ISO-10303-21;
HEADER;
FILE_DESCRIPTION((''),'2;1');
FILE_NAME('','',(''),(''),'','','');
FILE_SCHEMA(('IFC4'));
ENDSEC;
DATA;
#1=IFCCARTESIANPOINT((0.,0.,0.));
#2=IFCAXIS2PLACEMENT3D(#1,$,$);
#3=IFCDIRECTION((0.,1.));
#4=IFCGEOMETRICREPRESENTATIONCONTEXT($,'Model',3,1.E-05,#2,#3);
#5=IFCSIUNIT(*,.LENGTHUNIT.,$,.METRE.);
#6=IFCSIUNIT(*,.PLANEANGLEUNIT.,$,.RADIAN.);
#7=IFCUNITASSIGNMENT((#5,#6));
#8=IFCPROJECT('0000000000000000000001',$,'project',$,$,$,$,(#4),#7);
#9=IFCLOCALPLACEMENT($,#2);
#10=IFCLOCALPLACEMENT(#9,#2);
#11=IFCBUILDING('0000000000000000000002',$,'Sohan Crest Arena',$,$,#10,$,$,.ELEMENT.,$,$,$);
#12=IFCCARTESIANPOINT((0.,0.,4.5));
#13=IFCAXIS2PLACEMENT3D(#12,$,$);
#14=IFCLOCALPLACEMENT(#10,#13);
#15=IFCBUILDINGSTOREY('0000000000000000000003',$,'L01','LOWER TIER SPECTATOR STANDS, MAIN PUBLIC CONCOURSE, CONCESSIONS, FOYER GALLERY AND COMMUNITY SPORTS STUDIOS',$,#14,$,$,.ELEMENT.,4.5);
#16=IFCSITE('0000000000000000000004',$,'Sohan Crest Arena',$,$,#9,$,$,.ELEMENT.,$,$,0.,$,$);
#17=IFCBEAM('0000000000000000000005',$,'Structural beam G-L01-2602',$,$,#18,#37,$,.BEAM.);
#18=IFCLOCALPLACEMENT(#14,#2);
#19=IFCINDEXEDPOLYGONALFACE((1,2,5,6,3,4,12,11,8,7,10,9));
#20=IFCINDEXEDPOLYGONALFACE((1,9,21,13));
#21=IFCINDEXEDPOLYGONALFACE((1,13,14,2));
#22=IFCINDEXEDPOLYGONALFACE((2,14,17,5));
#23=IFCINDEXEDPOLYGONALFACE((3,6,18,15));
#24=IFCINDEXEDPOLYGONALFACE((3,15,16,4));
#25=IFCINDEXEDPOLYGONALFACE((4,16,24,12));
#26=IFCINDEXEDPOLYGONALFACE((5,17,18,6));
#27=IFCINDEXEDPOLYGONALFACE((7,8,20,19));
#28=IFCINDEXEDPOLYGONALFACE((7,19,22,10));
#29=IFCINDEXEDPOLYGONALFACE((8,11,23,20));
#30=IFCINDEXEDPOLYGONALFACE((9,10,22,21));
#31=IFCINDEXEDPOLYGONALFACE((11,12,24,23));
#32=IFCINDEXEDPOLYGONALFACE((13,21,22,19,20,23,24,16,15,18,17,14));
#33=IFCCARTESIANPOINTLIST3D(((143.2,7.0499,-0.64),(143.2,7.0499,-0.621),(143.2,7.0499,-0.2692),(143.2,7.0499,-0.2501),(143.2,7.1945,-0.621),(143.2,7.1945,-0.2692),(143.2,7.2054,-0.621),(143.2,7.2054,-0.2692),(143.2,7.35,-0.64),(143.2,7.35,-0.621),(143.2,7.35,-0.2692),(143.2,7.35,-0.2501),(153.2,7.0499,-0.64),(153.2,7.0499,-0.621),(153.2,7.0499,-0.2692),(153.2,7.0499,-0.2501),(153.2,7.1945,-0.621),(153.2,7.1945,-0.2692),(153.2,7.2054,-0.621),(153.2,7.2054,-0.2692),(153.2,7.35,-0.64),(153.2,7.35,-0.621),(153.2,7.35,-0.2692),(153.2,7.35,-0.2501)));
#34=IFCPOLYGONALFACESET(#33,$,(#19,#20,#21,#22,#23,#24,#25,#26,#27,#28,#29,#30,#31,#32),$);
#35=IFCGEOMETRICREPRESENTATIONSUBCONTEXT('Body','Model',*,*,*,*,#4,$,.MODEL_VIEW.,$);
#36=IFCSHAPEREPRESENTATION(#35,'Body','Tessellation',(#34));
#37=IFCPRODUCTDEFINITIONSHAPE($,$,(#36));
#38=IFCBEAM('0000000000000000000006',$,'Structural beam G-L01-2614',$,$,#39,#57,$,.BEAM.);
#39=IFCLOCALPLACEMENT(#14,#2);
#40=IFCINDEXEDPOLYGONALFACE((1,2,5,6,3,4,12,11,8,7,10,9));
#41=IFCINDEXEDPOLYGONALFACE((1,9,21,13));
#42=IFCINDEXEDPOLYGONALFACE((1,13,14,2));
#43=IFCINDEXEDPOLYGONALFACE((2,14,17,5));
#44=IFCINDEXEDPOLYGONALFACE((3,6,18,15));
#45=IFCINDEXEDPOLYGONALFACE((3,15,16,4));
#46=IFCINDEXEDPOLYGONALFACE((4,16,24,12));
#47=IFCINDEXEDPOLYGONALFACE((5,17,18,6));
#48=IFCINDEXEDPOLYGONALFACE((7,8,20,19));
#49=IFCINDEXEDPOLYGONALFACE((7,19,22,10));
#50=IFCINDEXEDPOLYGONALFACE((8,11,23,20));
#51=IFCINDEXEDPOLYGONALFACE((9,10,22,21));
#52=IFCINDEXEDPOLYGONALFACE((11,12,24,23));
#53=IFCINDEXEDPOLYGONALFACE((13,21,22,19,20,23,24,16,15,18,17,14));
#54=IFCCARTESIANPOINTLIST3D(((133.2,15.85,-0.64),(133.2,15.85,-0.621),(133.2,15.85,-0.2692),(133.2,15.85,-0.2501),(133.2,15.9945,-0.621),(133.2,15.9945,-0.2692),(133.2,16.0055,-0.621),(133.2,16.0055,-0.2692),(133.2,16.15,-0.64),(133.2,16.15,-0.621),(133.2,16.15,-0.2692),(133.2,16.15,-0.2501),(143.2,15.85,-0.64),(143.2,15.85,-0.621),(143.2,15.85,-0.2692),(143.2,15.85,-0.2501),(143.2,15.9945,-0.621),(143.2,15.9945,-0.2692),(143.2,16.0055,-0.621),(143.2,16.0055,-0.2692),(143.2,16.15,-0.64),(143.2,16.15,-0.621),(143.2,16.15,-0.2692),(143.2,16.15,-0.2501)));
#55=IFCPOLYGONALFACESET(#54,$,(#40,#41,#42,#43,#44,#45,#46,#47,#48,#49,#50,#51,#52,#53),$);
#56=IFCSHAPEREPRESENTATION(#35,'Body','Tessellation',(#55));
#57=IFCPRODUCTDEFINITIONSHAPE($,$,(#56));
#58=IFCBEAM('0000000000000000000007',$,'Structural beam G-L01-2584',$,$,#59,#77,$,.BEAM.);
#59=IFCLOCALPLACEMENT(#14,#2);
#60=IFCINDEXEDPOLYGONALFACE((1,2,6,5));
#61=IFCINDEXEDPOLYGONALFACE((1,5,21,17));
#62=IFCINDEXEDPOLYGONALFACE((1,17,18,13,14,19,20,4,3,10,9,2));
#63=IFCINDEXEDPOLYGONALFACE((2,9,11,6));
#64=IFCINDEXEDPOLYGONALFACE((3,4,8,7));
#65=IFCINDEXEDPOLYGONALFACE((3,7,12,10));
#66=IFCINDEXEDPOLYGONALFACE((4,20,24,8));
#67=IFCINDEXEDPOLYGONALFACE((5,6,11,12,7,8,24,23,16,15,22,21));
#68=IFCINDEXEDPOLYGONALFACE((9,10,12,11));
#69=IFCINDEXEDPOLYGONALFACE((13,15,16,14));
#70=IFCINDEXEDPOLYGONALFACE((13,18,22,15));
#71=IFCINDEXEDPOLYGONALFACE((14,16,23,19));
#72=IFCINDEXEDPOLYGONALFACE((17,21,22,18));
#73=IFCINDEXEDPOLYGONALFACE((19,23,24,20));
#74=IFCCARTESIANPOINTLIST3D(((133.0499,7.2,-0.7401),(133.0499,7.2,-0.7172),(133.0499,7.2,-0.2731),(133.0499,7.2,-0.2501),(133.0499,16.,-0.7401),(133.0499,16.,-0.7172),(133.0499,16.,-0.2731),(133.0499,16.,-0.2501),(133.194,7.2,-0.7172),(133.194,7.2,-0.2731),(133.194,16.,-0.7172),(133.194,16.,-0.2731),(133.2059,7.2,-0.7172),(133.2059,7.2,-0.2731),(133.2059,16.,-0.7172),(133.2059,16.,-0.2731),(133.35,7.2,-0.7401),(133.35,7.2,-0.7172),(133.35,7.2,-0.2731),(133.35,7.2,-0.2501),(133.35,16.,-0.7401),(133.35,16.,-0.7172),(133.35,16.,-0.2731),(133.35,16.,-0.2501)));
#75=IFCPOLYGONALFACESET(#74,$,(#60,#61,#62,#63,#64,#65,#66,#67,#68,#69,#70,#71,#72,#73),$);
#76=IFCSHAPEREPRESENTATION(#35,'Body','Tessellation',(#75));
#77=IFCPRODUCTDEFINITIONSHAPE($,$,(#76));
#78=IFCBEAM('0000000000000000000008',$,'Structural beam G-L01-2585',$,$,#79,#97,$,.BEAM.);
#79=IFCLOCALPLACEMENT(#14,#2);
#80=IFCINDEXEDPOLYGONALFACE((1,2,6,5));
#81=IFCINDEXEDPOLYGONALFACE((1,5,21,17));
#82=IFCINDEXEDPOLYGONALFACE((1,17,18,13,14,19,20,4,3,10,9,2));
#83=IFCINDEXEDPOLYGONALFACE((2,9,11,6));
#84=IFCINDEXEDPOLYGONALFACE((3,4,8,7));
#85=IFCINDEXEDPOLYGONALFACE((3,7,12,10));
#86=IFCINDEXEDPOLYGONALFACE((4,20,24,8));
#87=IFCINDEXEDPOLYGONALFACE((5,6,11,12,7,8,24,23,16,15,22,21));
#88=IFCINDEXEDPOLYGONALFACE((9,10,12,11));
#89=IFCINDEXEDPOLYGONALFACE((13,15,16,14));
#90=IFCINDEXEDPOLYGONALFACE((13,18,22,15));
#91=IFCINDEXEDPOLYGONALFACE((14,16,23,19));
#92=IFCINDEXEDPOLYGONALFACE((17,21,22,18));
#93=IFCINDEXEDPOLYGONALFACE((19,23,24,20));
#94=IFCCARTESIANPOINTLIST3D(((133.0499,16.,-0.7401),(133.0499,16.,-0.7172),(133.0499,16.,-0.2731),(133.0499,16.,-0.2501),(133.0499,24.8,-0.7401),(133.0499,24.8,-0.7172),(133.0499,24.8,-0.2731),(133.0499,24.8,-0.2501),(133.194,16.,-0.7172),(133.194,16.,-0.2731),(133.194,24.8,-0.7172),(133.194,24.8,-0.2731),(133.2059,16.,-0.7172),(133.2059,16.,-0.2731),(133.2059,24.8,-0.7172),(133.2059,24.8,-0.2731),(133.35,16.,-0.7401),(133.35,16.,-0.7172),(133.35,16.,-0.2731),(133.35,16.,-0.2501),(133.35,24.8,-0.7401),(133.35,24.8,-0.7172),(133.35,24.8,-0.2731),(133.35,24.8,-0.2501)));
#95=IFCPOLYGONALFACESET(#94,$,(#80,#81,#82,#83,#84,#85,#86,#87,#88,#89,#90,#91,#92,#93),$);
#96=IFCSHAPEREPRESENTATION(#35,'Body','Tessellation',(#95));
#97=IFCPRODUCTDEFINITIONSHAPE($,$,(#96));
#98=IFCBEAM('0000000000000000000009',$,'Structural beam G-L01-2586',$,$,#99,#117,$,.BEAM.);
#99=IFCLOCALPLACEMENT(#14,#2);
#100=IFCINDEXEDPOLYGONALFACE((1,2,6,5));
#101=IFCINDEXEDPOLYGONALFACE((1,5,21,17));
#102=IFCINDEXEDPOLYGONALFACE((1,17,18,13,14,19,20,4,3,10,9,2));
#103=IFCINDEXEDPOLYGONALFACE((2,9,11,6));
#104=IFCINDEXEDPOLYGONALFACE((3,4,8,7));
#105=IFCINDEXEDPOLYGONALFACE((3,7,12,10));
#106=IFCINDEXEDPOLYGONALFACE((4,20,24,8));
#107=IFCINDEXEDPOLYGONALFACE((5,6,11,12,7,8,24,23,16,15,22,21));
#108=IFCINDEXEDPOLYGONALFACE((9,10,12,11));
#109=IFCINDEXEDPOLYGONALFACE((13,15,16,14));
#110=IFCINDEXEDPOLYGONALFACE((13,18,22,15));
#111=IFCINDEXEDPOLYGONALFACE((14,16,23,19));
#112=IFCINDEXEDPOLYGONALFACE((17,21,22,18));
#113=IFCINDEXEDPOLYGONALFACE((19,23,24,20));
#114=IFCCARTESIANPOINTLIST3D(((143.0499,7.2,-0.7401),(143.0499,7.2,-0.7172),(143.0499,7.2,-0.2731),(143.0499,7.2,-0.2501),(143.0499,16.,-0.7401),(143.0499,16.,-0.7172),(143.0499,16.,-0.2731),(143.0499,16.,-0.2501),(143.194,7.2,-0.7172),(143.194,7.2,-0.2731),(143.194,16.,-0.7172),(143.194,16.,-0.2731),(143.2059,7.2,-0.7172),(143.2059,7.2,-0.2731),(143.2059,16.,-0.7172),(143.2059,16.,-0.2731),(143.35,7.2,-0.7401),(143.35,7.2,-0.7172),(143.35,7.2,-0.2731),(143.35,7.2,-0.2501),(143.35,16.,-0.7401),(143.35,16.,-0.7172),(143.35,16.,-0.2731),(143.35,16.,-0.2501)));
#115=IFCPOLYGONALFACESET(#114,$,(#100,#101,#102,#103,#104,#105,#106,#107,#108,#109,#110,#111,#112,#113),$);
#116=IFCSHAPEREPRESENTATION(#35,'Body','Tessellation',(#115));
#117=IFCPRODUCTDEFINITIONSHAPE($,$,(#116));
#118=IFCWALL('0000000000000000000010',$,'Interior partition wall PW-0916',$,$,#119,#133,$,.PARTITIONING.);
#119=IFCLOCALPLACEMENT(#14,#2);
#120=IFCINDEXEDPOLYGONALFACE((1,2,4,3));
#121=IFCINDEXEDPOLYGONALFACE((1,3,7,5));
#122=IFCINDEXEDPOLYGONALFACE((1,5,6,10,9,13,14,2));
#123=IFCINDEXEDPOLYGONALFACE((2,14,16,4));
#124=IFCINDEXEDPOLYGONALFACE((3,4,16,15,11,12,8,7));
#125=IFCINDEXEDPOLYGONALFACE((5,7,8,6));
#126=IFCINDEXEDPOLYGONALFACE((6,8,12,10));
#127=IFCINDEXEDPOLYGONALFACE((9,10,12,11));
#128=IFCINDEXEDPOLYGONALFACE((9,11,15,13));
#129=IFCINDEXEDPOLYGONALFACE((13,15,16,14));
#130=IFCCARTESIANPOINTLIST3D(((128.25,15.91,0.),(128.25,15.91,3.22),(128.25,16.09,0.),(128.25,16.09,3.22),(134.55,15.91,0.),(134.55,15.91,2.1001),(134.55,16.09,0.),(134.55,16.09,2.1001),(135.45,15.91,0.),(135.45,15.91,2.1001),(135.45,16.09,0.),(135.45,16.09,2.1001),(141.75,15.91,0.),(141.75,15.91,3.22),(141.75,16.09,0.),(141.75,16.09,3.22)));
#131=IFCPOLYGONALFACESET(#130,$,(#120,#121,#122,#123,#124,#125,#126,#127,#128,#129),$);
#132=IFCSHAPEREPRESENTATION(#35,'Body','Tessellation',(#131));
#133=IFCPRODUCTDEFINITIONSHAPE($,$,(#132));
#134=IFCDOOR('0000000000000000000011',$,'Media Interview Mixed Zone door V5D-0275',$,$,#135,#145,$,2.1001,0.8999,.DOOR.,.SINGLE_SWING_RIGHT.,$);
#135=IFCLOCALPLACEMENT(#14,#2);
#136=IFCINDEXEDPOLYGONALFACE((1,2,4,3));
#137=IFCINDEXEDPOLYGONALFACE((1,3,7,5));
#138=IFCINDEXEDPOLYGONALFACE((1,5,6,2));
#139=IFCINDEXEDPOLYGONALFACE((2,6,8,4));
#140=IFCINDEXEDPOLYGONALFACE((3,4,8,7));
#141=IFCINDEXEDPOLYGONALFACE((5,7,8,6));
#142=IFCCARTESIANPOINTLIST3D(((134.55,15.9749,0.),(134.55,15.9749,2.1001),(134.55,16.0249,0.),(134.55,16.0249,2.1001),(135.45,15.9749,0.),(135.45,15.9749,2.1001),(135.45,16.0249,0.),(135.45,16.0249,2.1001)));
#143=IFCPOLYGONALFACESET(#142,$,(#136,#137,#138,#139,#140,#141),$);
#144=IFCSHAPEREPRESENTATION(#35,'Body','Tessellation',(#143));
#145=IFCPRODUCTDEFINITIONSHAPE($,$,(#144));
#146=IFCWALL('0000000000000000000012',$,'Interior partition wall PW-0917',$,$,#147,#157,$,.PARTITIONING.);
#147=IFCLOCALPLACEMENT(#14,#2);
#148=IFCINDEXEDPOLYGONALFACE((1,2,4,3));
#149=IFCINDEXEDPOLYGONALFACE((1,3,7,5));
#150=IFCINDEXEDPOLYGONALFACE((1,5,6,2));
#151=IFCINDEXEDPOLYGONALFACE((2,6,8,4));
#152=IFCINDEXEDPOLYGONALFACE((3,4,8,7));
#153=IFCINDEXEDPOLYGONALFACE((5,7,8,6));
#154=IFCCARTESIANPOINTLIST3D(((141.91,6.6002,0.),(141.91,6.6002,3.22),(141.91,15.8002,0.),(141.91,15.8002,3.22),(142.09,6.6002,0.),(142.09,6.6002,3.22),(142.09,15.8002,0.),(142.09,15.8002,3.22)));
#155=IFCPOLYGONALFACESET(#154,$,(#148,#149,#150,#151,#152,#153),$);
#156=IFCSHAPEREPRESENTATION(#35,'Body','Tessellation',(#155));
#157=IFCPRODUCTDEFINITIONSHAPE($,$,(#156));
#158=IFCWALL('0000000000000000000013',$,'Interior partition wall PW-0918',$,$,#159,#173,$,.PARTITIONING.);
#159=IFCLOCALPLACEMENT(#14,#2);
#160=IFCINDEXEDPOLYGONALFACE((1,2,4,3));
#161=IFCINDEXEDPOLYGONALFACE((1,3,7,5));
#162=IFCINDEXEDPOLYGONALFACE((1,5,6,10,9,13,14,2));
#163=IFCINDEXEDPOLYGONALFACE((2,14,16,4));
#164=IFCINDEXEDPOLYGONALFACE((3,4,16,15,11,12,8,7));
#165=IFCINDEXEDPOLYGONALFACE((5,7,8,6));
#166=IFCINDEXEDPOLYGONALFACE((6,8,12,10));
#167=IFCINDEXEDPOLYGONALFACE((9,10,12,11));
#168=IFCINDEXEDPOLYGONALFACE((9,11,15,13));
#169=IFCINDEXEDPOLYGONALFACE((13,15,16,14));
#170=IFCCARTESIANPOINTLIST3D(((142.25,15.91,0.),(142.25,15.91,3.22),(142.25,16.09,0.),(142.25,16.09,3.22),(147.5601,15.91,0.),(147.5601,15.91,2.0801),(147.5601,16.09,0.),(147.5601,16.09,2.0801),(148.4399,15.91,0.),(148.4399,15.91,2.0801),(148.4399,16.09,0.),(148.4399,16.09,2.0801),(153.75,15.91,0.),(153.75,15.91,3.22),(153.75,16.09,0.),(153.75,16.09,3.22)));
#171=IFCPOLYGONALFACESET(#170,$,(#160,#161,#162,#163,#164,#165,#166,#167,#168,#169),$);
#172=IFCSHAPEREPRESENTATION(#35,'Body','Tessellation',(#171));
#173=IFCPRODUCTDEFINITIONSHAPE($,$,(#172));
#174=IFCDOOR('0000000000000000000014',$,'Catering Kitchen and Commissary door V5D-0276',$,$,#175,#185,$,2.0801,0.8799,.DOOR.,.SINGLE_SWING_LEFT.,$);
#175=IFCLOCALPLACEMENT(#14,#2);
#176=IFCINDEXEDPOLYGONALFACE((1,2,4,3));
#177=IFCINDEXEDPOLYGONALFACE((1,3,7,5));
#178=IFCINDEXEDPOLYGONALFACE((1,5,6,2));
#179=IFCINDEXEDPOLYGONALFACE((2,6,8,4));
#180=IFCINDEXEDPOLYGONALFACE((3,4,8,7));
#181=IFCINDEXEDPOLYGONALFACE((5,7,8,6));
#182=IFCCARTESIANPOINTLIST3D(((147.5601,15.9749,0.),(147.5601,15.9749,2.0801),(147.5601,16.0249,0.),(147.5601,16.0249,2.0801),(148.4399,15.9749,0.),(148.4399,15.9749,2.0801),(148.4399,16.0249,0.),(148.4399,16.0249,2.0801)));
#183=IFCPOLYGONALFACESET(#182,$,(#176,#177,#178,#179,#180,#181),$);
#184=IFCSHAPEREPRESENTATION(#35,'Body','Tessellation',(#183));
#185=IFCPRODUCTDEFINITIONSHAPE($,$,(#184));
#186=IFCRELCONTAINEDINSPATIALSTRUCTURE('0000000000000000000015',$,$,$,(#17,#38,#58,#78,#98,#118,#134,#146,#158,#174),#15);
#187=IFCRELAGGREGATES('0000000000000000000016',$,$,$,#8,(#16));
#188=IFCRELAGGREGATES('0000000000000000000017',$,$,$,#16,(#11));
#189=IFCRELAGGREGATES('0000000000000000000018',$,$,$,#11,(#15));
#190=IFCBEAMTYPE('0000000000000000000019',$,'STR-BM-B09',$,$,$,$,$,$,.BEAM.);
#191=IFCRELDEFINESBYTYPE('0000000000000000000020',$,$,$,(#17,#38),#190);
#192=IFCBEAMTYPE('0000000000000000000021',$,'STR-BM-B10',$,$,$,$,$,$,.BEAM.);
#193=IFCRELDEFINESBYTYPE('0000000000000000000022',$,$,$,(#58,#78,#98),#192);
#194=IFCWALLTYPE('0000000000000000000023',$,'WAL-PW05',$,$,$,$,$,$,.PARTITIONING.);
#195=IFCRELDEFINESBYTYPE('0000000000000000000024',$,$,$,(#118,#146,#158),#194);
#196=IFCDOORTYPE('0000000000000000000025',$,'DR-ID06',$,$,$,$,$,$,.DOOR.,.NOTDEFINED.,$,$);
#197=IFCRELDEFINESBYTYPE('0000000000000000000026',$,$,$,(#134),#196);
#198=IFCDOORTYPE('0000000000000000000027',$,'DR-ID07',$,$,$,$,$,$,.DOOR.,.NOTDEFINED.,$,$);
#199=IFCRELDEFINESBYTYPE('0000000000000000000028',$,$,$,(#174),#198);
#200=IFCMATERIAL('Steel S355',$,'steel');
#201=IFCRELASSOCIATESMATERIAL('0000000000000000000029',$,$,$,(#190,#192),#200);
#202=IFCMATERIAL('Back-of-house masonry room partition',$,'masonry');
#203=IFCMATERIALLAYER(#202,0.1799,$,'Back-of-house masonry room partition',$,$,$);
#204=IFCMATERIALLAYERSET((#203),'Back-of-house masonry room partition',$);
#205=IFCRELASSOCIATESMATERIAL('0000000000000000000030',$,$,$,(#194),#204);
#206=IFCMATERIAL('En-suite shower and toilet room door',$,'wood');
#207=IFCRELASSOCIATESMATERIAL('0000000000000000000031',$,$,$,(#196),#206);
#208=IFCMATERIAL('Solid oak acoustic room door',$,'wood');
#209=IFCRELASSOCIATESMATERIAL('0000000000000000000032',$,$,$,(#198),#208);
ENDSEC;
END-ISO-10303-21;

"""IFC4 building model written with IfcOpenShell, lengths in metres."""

from ifc_helpers import new_model, si_unit, direction, frame, frame_2d, origin, origin_2d, place, context, subcontext, project, spatial, rectangle, i_section, extrude, material, layer, layer_set, material_profile, profile_set, type_object, element, fill, save


model = new_model("IFC4")

# Units and contexts
model_context = context("Model", 3, precision=1e-05, world=origin(), true_north=direction((0.0, 1.0)))
body_context = subcontext(model_context, "Body", "Model", "MODEL_VIEW")
ifc_project = project(units=[si_unit("LENGTHUNIT", "METRE"), si_unit("PLANEANGLEUNIT", "RADIAN")], contexts=[model_context])

# Site, building, storey
site_placement = place(None, origin())
site = spatial("IfcSite", under=ifc_project, at=site_placement, Name="Sohan Crest Arena", CompositionType="ELEMENT", RefElevation=0.0)
building_placement = place(site_placement, origin())
building = spatial("IfcBuilding", under=site, at=building_placement, Name="Sohan Crest Arena", CompositionType="ELEMENT")
storey_placement = place(building_placement, frame((0.0, 0.0, 4.5)))
storey = spatial("IfcBuildingStorey", under=building, at=storey_placement, Name="L01", Description="LOWER TIER SPECTATOR STANDS, MAIN PUBLIC CONCOURSE, CONCESSIONS, FOYER GALLERY AND COMMUNITY SPORTS STUDIOS", CompositionType="ELEMENT", Elevation=4.5)

# Shared definitions
ifc_material_1 = material(Name="Steel S355", Category="steel")

# Beams
ifc_material_profile_1 = material_profile(ifc_material_1, i_section(OverallWidth=0.3, OverallDepth=0.3899, WebThickness=0.011, FlangeThickness=0.019, at=origin_2d()), Name="HEA 400")
ifc_profile_set_1 = profile_set([ifc_material_profile_1], Name="Steel S355")
beam_type_1 = type_object("IfcBeamType", Name="STR-BM-B09", PredefinedType="BEAM", material=ifc_profile_set_1)
for number, where, z_axis, x_axis, name in (
    (1, (143.2, 7.2, -0.4451), (1.0, 0.0, 0.0), (0.0, 1.0, 0.0), "Structural beam G-L01-2602"),
    (2, (133.2, 16.0, -0.4451), (1.0, 0.0, 0.0), (0.0, 1.0, 0.0), "Structural beam G-L01-2614"),
):
    element("IfcBeam", number, at=place(storey_placement, frame(where, z_axis=z_axis, x_axis=x_axis)), inside=storey, type_object=beam_type_1, Name=name, PredefinedType="BEAM", context=body_context, shape_type="SweptSolid", body=[
        extrude(i_section(OverallWidth=0.3, OverallDepth=0.3899, WebThickness=0.011, FlangeThickness=0.019, at=origin_2d()), origin(), (0.0, 0.0, 1.0), 10.0),
    ])
ifc_material_profile_2 = material_profile(ifc_material_1, i_section(OverallWidth=0.3, OverallDepth=0.49, WebThickness=0.012, FlangeThickness=0.0229, at=origin_2d()), Name="HEA 500")
ifc_profile_set_2 = profile_set([ifc_material_profile_2], Name="Steel S355")
beam_type_2 = type_object("IfcBeamType", Name="STR-BM-B10", PredefinedType="BEAM", material=ifc_profile_set_2)
for number, where, z_axis, x_axis, name in (
    (3, (133.2, 7.2, -0.4951), (0.0, 1.0, 0.0), (-1.0, 0.0, 0.0), "Structural beam G-L01-2584"),
    (4, (133.2, 16.0, -0.4951), (0.0, 1.0, 0.0), (-1.0, 0.0, 0.0), "Structural beam G-L01-2585"),
    (5, (143.2, 7.2, -0.4951), (0.0, 1.0, 0.0), (-1.0, 0.0, 0.0), "Structural beam G-L01-2586"),
):
    element("IfcBeam", number, at=place(storey_placement, frame(where, z_axis=z_axis, x_axis=x_axis)), inside=storey, type_object=beam_type_2, Name=name, PredefinedType="BEAM", context=body_context, shape_type="SweptSolid", body=[
        extrude(i_section(OverallWidth=0.3, OverallDepth=0.49, WebThickness=0.012, FlangeThickness=0.0229, at=origin_2d()), origin(), (0.0, 0.0, 1.0), 8.8),
    ])

# Wall, opening, door
ifc_material_2 = material(Name="Back-of-house masonry room partition", Category="masonry")
ifc_layer_1 = layer(ifc_material_2, 0.1799, Name="Back-of-house masonry room partition")
ifc_layer_set_1 = layer_set([ifc_layer_1], Name="Back-of-house masonry room partition")
wall_type = type_object("IfcWallType", Name="WAL-PW05", PredefinedType="PARTITIONING", material=ifc_layer_set_1)
wall_1_placement = place(storey_placement, frame((128.25, 16.0, 0.0), z_axis=(0.0, 0.0, 1.0), x_axis=(1.0, 0.0, 0.0)))
wall_1 = element("IfcWall", 6, at=wall_1_placement, inside=storey, type_object=wall_type, Name="Interior partition wall PW-0916", PredefinedType="PARTITIONING", context=body_context, shape_type="SweptSolid", body=[
    extrude(rectangle(XDim=13.5, YDim=0.1799, at=frame_2d((6.75, 0.0))), origin(), (0.0, 0.0, 1.0), 3.22),
])
opening_1_placement = place(wall_1_placement, frame((6.3, 0.0, 0.0)))
opening_1 = element("IfcOpeningElement", 7, at=opening_1_placement, cuts=wall_1, PredefinedType="OPENING", context=body_context, shape_type="SweptSolid", body=[
    extrude(rectangle(XDim=0.8999, YDim=2.1001, at=frame_2d((0.45, 1.05))), frame((0.0, 0.0999, 0.0), z_axis=(0.0, -1.0, 0.0), x_axis=(1.0, 0.0, 0.0)), (0.0, 0.0, 1.0), 0.2),
])
ifc_material_3 = material(Name="En-suite shower and toilet room door", Category="wood")
door_type_1 = type_object("IfcDoorType", Name="DR-ID06", OperationType="NOTDEFINED", PredefinedType="DOOR", material=ifc_material_3)
door_1_placement = place(opening_1_placement, origin())
door_1 = element("IfcDoor", 8, at=door_1_placement, inside=storey, type_object=door_type_1, Name="Media Interview Mixed Zone door V5D-0275", OperationType="SINGLE_SWING_RIGHT", OverallHeight=2.1001, OverallWidth=0.8999, PredefinedType="DOOR", context=body_context, shape_type="SweptSolid", body=[
    extrude(rectangle(XDim=0.8999, YDim=2.1001, at=frame_2d((0.45, 1.05))), frame((0.0, 0.0249, 0.0), z_axis=(0.0, -1.0, 0.0), x_axis=(1.0, 0.0, 0.0)), (0.0, 0.0, 1.0), 0.05),
])
fill(opening_1, door_1)

# Wall
wall_2_placement = place(storey_placement, frame((142.0, 6.6001, 0.0), z_axis=(0.0, 0.0, 1.0), x_axis=(0.0, 1.0, 0.0)))
element("IfcWall", 9, at=wall_2_placement, inside=storey, type_object=wall_type, Name="Interior partition wall PW-0917", PredefinedType="PARTITIONING", context=body_context, shape_type="SweptSolid", body=[
    extrude(rectangle(XDim=9.2, YDim=0.1799, at=frame_2d((4.6001, 0.0))), origin(), (0.0, 0.0, 1.0), 3.22),
])

# Wall, opening, door
wall_3_placement = place(storey_placement, frame((142.25, 16.0, 0.0), z_axis=(0.0, 0.0, 1.0), x_axis=(1.0, 0.0, 0.0)))
wall_3 = element("IfcWall", 10, at=wall_3_placement, inside=storey, type_object=wall_type, Name="Interior partition wall PW-0918", PredefinedType="PARTITIONING", context=body_context, shape_type="SweptSolid", body=[
    extrude(rectangle(XDim=11.5, YDim=0.1799, at=frame_2d((5.75, 0.0))), origin(), (0.0, 0.0, 1.0), 3.22),
])
opening_2_placement = place(wall_3_placement, frame((5.3101, 0.0, 0.0)))
opening_2 = element("IfcOpeningElement", 11, at=opening_2_placement, cuts=wall_3, PredefinedType="OPENING", context=body_context, shape_type="SweptSolid", body=[
    extrude(rectangle(XDim=0.8799, YDim=2.0801, at=frame_2d((0.4399, 1.04))), frame((0.0, 0.0999, 0.0), z_axis=(0.0, -1.0, 0.0), x_axis=(1.0, 0.0, 0.0)), (0.0, 0.0, 1.0), 0.2),
])
ifc_material_4 = material(Name="Solid oak acoustic room door", Category="wood")
door_type_2 = type_object("IfcDoorType", Name="DR-ID07", OperationType="NOTDEFINED", PredefinedType="DOOR", material=ifc_material_4)
door_2_placement = place(opening_2_placement, origin())
door_2 = element("IfcDoor", 12, at=door_2_placement, inside=storey, type_object=door_type_2, Name="Catering Kitchen and Commissary door V5D-0276", OperationType="SINGLE_SWING_LEFT", OverallHeight=2.0801, OverallWidth=0.8799, PredefinedType="DOOR", context=body_context, shape_type="SweptSolid", body=[
    extrude(rectangle(XDim=0.8799, YDim=2.0801, at=frame_2d((0.4399, 1.04))), frame((0.0, 0.0249, 0.0), z_axis=(0.0, -1.0, 0.0), x_axis=(1.0, 0.0, 0.0)), (0.0, 0.0, 1.0), 0.05),
])
fill(opening_2, door_2)

save(model, "model.ifc")
